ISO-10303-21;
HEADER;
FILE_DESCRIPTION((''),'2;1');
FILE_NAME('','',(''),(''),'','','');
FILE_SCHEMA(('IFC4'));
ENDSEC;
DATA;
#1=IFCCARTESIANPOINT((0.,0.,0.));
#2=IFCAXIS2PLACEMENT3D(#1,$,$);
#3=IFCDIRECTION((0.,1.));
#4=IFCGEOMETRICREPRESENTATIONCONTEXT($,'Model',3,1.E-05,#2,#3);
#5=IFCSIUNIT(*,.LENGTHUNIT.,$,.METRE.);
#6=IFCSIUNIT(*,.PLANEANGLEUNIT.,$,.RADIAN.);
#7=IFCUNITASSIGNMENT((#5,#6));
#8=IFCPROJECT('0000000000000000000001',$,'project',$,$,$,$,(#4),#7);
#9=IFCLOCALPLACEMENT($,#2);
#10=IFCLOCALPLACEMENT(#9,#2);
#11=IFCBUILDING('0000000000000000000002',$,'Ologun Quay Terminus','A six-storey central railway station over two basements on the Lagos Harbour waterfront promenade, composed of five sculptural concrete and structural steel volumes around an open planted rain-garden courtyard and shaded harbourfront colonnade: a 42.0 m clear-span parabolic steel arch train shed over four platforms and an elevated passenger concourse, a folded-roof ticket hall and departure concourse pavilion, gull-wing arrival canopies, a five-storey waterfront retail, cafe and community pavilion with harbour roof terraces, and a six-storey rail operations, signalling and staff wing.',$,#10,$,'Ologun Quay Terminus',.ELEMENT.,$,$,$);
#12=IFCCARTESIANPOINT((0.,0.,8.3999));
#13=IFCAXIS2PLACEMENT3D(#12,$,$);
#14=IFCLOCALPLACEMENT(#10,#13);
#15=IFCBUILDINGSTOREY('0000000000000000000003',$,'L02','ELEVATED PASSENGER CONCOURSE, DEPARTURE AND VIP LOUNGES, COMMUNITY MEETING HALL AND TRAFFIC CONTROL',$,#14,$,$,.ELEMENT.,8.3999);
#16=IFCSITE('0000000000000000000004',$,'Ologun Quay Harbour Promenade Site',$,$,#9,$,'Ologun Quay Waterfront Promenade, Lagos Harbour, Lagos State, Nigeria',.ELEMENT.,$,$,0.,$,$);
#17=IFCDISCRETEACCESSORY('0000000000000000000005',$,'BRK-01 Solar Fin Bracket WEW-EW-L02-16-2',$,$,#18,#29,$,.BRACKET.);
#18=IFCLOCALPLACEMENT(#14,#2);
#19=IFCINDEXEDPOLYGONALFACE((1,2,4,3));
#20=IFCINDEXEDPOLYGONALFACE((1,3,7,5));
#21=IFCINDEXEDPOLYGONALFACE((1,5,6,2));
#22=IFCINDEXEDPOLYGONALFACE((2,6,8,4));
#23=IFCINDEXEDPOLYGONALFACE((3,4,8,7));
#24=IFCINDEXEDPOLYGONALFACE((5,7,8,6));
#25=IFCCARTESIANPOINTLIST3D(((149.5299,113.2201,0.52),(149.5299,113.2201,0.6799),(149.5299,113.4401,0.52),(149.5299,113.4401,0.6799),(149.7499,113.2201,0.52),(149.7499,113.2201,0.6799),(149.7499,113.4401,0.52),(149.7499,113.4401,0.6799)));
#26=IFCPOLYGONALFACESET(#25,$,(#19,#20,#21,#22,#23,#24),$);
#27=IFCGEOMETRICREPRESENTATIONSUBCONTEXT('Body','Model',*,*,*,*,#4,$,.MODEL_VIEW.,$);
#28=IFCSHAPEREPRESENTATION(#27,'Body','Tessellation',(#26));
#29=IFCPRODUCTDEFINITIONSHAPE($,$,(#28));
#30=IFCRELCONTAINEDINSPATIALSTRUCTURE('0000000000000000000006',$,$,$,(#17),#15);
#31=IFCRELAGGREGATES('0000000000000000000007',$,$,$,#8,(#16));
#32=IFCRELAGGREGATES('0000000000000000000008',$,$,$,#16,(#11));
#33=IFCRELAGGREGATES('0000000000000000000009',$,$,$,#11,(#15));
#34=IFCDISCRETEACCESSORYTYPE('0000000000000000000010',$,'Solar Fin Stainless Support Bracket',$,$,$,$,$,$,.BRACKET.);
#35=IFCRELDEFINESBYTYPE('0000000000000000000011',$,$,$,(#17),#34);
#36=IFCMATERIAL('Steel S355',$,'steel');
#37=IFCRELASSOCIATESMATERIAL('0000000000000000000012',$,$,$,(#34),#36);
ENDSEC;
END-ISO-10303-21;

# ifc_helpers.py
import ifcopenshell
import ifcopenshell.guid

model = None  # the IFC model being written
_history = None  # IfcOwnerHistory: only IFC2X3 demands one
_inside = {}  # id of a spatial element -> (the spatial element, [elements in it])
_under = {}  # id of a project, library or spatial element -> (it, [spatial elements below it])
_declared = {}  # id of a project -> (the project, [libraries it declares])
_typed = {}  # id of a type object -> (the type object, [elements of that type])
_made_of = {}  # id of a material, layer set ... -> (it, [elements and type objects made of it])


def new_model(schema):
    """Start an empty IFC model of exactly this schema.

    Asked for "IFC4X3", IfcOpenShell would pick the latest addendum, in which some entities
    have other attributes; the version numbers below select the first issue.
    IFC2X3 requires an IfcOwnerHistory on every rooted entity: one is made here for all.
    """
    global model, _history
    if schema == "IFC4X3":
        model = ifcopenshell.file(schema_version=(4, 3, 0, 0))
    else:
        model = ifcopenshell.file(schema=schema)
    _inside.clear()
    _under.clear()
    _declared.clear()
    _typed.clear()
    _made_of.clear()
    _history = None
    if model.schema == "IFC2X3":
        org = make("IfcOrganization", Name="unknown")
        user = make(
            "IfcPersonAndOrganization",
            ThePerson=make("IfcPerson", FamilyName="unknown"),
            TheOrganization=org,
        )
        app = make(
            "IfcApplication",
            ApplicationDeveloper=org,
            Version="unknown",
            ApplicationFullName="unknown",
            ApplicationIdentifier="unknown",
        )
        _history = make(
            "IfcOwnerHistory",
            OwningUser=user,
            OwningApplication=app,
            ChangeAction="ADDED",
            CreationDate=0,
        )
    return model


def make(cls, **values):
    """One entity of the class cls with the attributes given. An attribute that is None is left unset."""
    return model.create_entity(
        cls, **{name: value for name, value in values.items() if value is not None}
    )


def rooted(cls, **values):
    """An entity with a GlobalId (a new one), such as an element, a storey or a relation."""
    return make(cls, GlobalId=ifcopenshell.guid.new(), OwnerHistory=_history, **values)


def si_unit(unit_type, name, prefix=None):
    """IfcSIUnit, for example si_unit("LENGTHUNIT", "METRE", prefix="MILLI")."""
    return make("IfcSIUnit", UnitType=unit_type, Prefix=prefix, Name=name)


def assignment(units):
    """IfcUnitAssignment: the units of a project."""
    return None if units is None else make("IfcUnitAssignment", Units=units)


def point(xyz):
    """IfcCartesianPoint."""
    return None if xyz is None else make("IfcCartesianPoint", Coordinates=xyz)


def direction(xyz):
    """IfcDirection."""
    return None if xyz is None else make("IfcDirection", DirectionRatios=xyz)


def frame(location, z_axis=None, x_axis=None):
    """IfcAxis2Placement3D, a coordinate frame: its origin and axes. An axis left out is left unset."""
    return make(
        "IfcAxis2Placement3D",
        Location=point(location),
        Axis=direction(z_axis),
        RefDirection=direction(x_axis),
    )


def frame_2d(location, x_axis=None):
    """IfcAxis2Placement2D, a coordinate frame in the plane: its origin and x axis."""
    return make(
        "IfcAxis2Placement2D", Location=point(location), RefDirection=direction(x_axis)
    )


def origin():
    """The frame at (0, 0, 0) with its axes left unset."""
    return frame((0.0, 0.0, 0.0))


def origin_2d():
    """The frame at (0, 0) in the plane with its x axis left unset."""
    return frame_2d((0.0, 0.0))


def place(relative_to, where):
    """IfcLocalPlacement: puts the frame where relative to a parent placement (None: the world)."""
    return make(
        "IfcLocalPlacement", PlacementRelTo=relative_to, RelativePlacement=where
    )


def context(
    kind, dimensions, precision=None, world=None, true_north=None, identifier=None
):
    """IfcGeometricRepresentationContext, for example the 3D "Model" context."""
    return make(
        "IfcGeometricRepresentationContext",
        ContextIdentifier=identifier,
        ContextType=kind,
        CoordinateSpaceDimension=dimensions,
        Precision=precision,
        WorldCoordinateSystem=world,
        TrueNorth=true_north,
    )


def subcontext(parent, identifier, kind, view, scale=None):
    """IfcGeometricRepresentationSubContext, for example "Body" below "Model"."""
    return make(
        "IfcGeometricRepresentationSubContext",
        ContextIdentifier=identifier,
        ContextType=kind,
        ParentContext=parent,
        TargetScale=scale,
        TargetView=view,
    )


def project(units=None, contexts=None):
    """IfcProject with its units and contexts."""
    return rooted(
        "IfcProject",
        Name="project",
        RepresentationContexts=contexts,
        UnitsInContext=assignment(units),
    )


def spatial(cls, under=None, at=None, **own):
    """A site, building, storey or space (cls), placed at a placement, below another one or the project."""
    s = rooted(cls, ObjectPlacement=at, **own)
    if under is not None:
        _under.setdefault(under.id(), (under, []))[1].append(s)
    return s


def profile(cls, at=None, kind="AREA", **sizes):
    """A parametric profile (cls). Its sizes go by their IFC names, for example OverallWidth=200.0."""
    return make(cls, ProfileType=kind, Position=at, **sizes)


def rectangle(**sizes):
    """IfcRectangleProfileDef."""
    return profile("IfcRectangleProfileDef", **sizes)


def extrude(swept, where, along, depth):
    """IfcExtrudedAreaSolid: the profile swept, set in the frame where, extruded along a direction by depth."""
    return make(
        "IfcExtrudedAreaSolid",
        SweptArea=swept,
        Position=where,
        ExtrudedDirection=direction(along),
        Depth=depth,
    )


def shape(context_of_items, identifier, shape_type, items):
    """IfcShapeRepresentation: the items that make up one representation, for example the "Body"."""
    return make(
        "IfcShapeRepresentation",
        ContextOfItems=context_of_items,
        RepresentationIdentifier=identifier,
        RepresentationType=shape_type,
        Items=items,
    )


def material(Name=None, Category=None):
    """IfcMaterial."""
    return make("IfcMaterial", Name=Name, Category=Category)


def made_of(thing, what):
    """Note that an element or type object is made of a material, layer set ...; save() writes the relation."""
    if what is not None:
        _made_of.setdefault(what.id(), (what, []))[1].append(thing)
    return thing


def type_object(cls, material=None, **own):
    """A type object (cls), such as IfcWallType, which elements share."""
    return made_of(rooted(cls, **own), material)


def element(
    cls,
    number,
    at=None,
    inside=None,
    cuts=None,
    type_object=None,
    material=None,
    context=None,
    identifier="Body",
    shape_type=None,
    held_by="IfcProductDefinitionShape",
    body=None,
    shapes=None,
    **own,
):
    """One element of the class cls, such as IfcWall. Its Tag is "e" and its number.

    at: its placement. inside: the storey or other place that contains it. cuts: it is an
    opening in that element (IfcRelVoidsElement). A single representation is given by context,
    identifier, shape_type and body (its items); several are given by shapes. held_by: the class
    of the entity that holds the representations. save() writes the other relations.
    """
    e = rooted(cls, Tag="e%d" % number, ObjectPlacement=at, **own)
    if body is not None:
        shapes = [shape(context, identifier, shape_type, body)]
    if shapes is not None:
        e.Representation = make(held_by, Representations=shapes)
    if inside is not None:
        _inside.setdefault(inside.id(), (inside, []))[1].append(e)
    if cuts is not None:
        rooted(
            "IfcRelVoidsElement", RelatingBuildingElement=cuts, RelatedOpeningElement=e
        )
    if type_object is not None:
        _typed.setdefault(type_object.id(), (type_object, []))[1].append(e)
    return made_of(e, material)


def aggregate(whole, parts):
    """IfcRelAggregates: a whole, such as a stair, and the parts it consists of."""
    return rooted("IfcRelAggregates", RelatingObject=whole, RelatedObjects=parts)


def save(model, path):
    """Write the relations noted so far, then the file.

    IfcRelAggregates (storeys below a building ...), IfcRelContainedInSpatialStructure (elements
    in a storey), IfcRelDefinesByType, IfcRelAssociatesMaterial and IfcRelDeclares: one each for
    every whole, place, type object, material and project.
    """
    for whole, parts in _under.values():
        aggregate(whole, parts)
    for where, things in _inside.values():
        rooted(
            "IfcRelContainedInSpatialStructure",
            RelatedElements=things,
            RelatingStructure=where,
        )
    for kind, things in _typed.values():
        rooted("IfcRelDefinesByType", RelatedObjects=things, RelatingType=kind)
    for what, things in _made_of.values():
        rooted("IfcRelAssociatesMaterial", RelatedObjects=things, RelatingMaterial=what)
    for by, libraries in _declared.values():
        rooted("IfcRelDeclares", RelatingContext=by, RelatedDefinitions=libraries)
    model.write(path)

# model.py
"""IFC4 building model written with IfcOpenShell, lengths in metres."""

from ifc_helpers import new_model, si_unit, direction, frame, origin, origin_2d, place, context, subcontext, project, spatial, rectangle, extrude, material, type_object, element, save


model = new_model("IFC4")

# Units and contexts
model_context = context("Model", 3, precision=1e-05, world=origin(), true_north=direction((0.0, 1.0)))
body_context = subcontext(model_context, "Body", "Model", "MODEL_VIEW")
ifc_project = project(units=[si_unit("LENGTHUNIT", "METRE"), si_unit("PLANEANGLEUNIT", "RADIAN")], contexts=[model_context])

# Site, building, storey
site_placement = place(None, origin())
site = spatial("IfcSite", under=ifc_project, at=site_placement, Name="Ologun Quay Harbour Promenade Site", LongName="Ologun Quay Waterfront Promenade, Lagos Harbour, Lagos State, Nigeria", CompositionType="ELEMENT", RefElevation=0.0)
building_placement = place(site_placement, origin())
building = spatial("IfcBuilding", under=site, at=building_placement, Name="Ologun Quay Terminus", Description="A six-storey central railway station over two basements on the Lagos Harbour waterfront promenade, composed of five sculptural concrete and structural steel volumes around an open planted rain-garden courtyard and shaded harbourfront colonnade: a 42.0 m clear-span parabolic steel arch train shed over four platforms and an elevated passenger concourse, a folded-roof ticket hall and departure concourse pavilion, gull-wing arrival canopies, a five-storey waterfront retail, cafe and community pavilion with harbour roof terraces, and a six-storey rail operations, signalling and staff wing.", LongName="Ologun Quay Terminus", CompositionType="ELEMENT")
storey_placement = place(building_placement, frame((0.0, 0.0, 8.3999)))
storey = spatial("IfcBuildingStorey", under=building, at=storey_placement, Name="L02", Description="ELEVATED PASSENGER CONCOURSE, DEPARTURE AND VIP LOUNGES, COMMUNITY MEETING HALL AND TRAFFIC CONTROL", CompositionType="ELEMENT", Elevation=8.3999)

# Discrete accessory
ifc_material_1 = material(Name="Steel S355", Category="steel")
discrete_accessory_type = type_object("IfcDiscreteAccessoryType", Name="Solar Fin Stainless Support Bracket", PredefinedType="BRACKET", material=ifc_material_1)
for number, where, z_axis, x_axis, name in (
    (1, (149.6399, 113.3301, 0.52), (0.0, 0.0, 1.0), (1.0, 0.0, 0.0), "BRK-01 Solar Fin Bracket WEW-EW-L02-16-2"),
):
    element("IfcDiscreteAccessory", number, at=place(storey_placement, frame(where, z_axis=z_axis, x_axis=x_axis)), inside=storey, type_object=discrete_accessory_type, Name=name, PredefinedType="BRACKET", context=body_context, shape_type="SweptSolid", body=[
        extrude(rectangle(XDim=0.22, YDim=0.22, at=origin_2d()), origin(), (0.0, 0.0, 1.0), 0.1599),
    ])

save(model, "model.ifc")
